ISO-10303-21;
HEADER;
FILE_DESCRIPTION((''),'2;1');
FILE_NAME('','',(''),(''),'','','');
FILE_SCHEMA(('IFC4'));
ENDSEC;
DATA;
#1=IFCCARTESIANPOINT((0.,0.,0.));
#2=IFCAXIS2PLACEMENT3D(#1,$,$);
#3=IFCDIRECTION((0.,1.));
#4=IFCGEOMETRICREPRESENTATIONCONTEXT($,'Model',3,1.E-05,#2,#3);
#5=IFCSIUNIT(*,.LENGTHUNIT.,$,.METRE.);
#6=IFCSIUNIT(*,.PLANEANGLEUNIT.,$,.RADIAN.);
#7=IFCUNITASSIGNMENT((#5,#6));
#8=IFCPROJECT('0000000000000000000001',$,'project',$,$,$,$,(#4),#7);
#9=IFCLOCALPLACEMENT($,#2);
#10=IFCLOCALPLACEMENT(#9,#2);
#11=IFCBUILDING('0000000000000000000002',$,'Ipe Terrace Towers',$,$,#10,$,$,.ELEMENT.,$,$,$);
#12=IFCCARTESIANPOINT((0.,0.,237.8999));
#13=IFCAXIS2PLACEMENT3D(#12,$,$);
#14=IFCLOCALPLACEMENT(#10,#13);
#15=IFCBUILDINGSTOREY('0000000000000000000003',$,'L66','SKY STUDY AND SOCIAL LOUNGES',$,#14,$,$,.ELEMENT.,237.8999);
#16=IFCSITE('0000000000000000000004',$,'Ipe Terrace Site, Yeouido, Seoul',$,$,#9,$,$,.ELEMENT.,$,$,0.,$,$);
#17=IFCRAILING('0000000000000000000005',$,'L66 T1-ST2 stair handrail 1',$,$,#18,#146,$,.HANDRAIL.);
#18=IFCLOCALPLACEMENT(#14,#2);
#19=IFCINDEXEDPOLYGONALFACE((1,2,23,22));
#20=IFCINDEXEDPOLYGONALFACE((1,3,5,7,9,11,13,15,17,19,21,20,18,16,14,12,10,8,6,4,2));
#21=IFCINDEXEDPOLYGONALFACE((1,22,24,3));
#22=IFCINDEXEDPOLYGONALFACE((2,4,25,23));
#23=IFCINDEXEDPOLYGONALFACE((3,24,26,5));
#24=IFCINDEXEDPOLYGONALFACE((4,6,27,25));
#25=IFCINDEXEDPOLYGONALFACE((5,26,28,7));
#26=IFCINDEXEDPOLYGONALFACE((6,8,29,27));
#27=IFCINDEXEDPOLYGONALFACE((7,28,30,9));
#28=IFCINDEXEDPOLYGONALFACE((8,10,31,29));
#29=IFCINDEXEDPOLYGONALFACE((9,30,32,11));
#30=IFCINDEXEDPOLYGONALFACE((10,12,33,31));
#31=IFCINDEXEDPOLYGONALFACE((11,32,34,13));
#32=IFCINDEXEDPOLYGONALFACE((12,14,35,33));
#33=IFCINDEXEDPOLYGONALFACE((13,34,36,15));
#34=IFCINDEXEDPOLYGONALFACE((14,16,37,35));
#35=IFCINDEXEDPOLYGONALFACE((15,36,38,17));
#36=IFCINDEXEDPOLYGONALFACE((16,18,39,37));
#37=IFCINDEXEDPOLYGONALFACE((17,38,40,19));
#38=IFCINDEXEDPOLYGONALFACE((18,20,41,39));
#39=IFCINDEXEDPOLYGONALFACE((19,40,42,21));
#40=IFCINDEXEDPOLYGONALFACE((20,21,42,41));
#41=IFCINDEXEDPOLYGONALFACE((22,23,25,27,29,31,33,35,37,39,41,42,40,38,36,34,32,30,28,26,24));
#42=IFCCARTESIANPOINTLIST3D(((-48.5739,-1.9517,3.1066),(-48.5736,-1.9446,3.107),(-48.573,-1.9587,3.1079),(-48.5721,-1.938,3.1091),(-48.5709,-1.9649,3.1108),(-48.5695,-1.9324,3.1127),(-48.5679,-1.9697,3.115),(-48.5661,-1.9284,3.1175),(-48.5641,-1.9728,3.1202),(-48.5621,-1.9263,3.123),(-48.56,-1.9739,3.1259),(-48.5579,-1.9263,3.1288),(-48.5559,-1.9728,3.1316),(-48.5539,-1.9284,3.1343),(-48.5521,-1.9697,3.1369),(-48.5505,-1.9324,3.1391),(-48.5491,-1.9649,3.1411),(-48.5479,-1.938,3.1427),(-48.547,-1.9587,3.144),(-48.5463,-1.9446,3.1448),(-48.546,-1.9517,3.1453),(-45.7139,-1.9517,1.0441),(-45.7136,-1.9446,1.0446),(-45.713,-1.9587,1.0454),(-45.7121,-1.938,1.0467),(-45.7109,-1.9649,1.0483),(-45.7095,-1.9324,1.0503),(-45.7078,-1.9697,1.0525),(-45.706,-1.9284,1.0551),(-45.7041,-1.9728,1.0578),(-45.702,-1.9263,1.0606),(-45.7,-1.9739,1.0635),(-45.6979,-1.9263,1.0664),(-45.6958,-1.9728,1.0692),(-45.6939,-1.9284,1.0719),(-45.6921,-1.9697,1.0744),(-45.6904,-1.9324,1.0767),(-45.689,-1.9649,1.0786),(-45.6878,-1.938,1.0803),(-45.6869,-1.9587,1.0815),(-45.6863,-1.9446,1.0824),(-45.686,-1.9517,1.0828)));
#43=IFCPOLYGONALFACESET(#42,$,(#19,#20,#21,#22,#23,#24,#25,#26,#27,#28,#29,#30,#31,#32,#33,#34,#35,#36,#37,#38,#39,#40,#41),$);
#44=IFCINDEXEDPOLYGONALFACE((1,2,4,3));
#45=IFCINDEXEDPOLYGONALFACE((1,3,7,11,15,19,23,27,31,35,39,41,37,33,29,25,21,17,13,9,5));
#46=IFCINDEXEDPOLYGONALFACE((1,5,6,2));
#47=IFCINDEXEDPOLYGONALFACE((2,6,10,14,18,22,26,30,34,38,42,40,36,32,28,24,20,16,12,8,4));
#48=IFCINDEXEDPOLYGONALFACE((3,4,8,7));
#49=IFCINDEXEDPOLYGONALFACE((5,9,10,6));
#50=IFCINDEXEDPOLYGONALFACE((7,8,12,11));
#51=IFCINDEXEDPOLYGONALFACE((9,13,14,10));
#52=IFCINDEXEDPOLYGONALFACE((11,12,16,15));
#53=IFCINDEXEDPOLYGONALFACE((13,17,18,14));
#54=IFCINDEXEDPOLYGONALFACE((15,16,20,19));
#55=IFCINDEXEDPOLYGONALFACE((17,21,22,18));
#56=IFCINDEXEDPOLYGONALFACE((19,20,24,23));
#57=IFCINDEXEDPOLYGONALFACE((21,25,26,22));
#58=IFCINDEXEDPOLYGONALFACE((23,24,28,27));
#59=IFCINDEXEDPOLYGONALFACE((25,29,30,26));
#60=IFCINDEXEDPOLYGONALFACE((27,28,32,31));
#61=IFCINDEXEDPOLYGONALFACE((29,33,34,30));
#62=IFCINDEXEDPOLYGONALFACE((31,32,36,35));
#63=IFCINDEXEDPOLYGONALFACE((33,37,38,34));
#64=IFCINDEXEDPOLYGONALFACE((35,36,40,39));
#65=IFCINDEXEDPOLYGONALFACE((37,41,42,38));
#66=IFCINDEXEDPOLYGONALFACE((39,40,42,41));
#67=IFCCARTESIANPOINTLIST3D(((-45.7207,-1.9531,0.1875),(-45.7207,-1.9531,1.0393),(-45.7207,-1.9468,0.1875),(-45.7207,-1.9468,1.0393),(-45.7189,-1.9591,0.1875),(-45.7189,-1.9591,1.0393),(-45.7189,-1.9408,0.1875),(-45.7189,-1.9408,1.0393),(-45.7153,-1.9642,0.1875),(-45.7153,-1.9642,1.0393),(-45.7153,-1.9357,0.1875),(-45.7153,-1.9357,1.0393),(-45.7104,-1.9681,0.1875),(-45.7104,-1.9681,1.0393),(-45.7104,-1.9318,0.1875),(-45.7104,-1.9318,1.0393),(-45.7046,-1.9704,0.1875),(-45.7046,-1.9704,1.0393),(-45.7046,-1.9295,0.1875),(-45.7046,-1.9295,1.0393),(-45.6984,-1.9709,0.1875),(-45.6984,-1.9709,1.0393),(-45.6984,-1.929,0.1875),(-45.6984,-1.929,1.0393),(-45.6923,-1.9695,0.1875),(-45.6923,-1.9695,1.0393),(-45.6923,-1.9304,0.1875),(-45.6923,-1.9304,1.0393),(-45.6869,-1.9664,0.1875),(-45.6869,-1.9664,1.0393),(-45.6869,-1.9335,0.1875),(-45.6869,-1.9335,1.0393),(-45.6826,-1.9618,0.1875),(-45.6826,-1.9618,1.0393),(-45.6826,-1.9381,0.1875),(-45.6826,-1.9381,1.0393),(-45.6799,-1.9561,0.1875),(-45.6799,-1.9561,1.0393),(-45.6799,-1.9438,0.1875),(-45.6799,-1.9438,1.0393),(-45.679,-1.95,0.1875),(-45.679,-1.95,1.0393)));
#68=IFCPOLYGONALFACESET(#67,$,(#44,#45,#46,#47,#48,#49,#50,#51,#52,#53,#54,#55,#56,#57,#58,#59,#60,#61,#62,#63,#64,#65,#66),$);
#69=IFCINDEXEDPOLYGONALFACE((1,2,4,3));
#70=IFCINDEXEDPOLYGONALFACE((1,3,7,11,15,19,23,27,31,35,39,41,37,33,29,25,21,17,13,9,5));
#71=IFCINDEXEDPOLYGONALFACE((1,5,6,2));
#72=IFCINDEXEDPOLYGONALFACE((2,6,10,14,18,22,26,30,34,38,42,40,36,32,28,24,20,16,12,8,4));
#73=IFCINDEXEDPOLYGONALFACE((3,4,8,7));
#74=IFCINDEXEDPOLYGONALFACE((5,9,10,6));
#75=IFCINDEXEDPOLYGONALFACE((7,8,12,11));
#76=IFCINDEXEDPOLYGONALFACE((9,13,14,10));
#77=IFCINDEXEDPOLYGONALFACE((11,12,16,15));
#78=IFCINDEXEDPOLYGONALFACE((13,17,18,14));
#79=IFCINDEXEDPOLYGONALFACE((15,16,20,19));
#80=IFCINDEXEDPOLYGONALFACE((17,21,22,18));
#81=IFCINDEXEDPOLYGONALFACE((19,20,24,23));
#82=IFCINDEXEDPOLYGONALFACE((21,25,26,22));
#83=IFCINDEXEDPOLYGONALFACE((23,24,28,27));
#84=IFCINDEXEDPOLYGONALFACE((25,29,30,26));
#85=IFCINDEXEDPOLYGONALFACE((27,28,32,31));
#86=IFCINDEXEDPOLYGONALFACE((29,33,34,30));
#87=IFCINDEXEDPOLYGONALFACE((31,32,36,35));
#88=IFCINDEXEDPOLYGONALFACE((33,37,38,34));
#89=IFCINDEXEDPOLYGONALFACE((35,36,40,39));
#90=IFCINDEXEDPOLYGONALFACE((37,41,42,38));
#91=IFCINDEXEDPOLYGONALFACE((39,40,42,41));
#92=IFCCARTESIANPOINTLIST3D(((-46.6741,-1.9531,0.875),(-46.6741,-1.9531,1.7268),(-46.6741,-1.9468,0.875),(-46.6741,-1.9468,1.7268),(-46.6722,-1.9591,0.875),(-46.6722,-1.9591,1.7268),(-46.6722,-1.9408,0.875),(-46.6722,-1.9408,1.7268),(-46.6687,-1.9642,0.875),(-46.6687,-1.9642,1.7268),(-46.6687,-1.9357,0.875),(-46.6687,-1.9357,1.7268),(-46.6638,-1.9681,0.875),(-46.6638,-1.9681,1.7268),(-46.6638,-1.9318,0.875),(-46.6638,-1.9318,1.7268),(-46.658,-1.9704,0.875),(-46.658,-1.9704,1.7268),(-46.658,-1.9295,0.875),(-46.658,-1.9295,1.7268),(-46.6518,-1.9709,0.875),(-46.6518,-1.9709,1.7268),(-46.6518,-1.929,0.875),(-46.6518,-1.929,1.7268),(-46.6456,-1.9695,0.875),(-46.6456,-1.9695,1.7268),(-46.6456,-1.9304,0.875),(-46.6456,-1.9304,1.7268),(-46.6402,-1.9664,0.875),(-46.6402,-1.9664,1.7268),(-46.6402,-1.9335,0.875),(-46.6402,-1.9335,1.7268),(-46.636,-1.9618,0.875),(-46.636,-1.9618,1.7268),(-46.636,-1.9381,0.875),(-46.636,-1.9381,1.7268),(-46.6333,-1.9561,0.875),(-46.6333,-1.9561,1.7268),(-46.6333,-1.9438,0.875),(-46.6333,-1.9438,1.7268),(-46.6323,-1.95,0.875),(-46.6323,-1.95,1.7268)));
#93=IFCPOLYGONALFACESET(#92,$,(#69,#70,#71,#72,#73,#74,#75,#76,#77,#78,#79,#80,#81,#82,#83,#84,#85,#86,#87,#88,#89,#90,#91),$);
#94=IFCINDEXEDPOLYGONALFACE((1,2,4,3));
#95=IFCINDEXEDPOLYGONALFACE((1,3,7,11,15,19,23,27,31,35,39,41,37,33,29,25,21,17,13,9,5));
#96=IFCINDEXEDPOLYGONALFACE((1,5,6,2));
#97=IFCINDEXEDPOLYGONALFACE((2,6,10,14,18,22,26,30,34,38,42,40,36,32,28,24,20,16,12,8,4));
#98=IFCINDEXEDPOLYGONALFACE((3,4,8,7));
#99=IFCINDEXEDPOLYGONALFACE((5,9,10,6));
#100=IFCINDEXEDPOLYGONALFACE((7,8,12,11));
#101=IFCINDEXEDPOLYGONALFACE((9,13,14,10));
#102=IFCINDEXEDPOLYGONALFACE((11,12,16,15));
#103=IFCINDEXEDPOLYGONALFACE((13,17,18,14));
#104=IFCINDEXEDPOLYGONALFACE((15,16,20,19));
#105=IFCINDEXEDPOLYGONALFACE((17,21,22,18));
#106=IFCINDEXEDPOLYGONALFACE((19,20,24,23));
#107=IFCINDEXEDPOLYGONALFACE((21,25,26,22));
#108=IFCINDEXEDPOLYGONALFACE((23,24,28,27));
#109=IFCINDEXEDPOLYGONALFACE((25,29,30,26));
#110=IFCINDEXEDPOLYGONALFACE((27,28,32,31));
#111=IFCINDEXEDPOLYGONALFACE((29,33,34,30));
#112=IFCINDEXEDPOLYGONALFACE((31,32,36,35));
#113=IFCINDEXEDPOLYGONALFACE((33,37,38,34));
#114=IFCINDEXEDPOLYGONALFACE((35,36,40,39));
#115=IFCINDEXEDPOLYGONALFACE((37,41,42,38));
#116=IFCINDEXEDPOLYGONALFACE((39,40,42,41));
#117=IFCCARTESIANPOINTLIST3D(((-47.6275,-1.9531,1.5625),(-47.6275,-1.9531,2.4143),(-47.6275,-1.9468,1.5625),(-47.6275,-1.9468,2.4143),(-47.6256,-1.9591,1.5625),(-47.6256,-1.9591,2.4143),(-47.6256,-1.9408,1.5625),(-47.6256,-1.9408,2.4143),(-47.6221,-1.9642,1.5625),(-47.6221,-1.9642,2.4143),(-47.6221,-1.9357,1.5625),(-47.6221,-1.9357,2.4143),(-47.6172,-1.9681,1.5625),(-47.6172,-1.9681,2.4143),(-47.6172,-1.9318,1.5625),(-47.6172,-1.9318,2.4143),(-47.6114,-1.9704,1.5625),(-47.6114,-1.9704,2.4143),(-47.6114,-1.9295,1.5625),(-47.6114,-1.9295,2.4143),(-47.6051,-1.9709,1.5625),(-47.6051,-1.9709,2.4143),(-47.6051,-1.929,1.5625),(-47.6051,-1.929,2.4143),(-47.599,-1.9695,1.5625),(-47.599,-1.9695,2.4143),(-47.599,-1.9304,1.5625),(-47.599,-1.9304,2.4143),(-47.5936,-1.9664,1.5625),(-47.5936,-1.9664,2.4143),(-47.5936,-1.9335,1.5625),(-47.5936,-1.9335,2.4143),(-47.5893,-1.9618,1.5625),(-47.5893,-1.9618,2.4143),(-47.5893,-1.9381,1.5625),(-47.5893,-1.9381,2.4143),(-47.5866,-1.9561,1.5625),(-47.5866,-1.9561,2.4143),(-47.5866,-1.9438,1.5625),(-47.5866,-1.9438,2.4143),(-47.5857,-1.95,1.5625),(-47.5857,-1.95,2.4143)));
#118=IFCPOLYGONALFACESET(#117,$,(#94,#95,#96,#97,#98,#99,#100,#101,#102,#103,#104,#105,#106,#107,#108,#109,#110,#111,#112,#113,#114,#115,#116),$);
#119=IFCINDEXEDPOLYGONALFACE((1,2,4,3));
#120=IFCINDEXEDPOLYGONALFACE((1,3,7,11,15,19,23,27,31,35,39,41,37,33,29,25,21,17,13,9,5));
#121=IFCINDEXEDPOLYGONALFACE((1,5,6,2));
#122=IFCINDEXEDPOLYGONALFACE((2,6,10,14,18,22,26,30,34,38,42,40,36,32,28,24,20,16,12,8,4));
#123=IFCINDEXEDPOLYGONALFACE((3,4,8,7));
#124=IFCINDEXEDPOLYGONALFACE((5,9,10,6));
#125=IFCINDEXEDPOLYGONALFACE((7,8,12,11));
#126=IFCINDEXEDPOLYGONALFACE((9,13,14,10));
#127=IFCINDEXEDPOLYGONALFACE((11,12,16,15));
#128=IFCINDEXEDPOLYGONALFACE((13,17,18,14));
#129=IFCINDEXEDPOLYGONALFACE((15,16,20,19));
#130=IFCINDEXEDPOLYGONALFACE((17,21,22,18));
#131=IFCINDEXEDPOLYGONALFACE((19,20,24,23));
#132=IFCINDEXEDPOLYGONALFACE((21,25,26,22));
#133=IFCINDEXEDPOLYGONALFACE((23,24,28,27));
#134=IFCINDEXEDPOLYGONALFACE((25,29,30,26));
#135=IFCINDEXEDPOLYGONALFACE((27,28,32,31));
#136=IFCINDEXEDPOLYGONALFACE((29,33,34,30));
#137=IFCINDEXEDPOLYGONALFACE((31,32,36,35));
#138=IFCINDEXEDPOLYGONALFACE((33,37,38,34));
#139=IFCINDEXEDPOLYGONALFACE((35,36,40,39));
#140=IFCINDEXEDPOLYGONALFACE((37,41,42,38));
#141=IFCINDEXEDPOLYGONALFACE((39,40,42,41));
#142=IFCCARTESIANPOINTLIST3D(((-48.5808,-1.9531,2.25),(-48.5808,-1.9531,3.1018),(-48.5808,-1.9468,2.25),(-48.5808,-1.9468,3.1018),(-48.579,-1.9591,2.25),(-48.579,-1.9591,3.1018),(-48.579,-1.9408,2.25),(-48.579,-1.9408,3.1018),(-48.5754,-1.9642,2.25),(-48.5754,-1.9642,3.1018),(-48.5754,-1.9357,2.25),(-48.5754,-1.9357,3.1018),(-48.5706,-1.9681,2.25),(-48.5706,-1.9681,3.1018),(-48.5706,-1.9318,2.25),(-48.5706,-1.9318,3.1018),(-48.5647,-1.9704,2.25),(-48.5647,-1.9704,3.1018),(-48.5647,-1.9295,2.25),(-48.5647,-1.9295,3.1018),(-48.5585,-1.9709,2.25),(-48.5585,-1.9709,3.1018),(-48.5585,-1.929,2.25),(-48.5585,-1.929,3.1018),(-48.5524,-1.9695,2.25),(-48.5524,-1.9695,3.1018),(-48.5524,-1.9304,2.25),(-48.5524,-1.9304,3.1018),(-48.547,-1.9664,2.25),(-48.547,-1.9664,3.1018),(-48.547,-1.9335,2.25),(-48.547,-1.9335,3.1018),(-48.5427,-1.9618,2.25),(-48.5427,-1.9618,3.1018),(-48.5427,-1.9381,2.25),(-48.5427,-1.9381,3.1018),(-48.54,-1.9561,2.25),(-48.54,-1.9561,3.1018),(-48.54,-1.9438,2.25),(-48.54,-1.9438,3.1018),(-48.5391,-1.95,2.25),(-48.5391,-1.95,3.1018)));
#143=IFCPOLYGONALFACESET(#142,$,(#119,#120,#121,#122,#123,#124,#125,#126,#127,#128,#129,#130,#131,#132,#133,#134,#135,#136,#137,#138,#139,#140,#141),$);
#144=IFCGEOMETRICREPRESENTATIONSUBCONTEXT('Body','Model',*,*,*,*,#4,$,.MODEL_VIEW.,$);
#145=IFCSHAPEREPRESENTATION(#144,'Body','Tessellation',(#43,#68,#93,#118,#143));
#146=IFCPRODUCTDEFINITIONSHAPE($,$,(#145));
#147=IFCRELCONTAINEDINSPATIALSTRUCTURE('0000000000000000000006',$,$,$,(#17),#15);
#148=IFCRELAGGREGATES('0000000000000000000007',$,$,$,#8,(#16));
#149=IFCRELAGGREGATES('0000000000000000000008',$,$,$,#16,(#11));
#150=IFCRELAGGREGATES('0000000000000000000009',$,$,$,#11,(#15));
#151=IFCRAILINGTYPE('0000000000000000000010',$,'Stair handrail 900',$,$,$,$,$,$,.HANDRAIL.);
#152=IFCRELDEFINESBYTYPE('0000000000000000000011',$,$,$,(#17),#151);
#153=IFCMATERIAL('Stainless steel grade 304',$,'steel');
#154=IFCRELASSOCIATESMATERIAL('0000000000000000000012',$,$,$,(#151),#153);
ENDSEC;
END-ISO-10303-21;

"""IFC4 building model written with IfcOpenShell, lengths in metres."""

from ifc_helpers import new_model, si_unit, direction, frame, origin, origin_2d, place, context, subcontext, project, spatial, circle, extrude, material, type_object, element, save


model = new_model("IFC4")

# Units and contexts
model_context = context("Model", 3, precision=1e-05, world=origin(), true_north=direction((0.0, 1.0)))
body_context = subcontext(model_context, "Body", "Model", "MODEL_VIEW")
ifc_project = project(units=[si_unit("LENGTHUNIT", "METRE"), si_unit("PLANEANGLEUNIT", "RADIAN")], contexts=[model_context])

# Site, building, storey
site_placement = place(None, origin())
site = spatial("IfcSite", under=ifc_project, at=site_placement, Name="Ipe Terrace Site, Yeouido, Seoul", CompositionType="ELEMENT", RefElevation=0.0)
building_placement = place(site_placement, origin())
building = spatial("IfcBuilding", under=site, at=building_placement, Name="Ipe Terrace Towers", CompositionType="ELEMENT")
storey_placement = place(building_placement, frame((0.0, 0.0, 237.8999)))
storey = spatial("IfcBuildingStorey", under=building, at=storey_placement, Name="L66", Description="SKY STUDY AND SOCIAL LOUNGES", CompositionType="ELEMENT", Elevation=237.8999)

# Railing
ifc_material_1 = material(Name="Stainless steel grade 304", Category="steel")
railing_type_1 = type_object("IfcRailingType", Name="Stair handrail 900", PredefinedType="HANDRAIL", material=ifc_material_1)
railing_1_placement = place(storey_placement, frame((-45.7, -1.95, 0.1875)))
element("IfcRailing", 1, at=railing_1_placement, inside=storey, type_object=railing_type_1, Name="L66 T1-ST2 stair handrail 1", PredefinedType="HANDRAIL", context=body_context, shape_type="SweptSolid", body=[
    extrude(circle(Radius=0.0239, at=origin_2d()), frame((0.0, 0.0, 0.876), z_axis=(-0.811101, 0.0, 0.584906), x_axis=(0.0, -1.0, 0.0)), (0.0, 0.0, 1.0), 3.5261),
    extrude(circle(Radius=0.021, at=origin_2d()), origin(), (0.0, 0.0, 1.0), 0.8518),
    extrude(circle(Radius=0.021, at=origin_2d()), frame((-0.9534, 0.0, 0.6875)), (0.0, 0.0, 1.0), 0.8518),
    extrude(circle(Radius=0.021, at=origin_2d()), frame((-1.9067, 0.0, 1.375)), (0.0, 0.0, 1.0), 0.8518),
    extrude(circle(Radius=0.021, at=origin_2d()), frame((-2.8601, 0.0, 2.0625)), (0.0, 0.0, 1.0), 0.8518),
])

save(model, "model.ifc")
